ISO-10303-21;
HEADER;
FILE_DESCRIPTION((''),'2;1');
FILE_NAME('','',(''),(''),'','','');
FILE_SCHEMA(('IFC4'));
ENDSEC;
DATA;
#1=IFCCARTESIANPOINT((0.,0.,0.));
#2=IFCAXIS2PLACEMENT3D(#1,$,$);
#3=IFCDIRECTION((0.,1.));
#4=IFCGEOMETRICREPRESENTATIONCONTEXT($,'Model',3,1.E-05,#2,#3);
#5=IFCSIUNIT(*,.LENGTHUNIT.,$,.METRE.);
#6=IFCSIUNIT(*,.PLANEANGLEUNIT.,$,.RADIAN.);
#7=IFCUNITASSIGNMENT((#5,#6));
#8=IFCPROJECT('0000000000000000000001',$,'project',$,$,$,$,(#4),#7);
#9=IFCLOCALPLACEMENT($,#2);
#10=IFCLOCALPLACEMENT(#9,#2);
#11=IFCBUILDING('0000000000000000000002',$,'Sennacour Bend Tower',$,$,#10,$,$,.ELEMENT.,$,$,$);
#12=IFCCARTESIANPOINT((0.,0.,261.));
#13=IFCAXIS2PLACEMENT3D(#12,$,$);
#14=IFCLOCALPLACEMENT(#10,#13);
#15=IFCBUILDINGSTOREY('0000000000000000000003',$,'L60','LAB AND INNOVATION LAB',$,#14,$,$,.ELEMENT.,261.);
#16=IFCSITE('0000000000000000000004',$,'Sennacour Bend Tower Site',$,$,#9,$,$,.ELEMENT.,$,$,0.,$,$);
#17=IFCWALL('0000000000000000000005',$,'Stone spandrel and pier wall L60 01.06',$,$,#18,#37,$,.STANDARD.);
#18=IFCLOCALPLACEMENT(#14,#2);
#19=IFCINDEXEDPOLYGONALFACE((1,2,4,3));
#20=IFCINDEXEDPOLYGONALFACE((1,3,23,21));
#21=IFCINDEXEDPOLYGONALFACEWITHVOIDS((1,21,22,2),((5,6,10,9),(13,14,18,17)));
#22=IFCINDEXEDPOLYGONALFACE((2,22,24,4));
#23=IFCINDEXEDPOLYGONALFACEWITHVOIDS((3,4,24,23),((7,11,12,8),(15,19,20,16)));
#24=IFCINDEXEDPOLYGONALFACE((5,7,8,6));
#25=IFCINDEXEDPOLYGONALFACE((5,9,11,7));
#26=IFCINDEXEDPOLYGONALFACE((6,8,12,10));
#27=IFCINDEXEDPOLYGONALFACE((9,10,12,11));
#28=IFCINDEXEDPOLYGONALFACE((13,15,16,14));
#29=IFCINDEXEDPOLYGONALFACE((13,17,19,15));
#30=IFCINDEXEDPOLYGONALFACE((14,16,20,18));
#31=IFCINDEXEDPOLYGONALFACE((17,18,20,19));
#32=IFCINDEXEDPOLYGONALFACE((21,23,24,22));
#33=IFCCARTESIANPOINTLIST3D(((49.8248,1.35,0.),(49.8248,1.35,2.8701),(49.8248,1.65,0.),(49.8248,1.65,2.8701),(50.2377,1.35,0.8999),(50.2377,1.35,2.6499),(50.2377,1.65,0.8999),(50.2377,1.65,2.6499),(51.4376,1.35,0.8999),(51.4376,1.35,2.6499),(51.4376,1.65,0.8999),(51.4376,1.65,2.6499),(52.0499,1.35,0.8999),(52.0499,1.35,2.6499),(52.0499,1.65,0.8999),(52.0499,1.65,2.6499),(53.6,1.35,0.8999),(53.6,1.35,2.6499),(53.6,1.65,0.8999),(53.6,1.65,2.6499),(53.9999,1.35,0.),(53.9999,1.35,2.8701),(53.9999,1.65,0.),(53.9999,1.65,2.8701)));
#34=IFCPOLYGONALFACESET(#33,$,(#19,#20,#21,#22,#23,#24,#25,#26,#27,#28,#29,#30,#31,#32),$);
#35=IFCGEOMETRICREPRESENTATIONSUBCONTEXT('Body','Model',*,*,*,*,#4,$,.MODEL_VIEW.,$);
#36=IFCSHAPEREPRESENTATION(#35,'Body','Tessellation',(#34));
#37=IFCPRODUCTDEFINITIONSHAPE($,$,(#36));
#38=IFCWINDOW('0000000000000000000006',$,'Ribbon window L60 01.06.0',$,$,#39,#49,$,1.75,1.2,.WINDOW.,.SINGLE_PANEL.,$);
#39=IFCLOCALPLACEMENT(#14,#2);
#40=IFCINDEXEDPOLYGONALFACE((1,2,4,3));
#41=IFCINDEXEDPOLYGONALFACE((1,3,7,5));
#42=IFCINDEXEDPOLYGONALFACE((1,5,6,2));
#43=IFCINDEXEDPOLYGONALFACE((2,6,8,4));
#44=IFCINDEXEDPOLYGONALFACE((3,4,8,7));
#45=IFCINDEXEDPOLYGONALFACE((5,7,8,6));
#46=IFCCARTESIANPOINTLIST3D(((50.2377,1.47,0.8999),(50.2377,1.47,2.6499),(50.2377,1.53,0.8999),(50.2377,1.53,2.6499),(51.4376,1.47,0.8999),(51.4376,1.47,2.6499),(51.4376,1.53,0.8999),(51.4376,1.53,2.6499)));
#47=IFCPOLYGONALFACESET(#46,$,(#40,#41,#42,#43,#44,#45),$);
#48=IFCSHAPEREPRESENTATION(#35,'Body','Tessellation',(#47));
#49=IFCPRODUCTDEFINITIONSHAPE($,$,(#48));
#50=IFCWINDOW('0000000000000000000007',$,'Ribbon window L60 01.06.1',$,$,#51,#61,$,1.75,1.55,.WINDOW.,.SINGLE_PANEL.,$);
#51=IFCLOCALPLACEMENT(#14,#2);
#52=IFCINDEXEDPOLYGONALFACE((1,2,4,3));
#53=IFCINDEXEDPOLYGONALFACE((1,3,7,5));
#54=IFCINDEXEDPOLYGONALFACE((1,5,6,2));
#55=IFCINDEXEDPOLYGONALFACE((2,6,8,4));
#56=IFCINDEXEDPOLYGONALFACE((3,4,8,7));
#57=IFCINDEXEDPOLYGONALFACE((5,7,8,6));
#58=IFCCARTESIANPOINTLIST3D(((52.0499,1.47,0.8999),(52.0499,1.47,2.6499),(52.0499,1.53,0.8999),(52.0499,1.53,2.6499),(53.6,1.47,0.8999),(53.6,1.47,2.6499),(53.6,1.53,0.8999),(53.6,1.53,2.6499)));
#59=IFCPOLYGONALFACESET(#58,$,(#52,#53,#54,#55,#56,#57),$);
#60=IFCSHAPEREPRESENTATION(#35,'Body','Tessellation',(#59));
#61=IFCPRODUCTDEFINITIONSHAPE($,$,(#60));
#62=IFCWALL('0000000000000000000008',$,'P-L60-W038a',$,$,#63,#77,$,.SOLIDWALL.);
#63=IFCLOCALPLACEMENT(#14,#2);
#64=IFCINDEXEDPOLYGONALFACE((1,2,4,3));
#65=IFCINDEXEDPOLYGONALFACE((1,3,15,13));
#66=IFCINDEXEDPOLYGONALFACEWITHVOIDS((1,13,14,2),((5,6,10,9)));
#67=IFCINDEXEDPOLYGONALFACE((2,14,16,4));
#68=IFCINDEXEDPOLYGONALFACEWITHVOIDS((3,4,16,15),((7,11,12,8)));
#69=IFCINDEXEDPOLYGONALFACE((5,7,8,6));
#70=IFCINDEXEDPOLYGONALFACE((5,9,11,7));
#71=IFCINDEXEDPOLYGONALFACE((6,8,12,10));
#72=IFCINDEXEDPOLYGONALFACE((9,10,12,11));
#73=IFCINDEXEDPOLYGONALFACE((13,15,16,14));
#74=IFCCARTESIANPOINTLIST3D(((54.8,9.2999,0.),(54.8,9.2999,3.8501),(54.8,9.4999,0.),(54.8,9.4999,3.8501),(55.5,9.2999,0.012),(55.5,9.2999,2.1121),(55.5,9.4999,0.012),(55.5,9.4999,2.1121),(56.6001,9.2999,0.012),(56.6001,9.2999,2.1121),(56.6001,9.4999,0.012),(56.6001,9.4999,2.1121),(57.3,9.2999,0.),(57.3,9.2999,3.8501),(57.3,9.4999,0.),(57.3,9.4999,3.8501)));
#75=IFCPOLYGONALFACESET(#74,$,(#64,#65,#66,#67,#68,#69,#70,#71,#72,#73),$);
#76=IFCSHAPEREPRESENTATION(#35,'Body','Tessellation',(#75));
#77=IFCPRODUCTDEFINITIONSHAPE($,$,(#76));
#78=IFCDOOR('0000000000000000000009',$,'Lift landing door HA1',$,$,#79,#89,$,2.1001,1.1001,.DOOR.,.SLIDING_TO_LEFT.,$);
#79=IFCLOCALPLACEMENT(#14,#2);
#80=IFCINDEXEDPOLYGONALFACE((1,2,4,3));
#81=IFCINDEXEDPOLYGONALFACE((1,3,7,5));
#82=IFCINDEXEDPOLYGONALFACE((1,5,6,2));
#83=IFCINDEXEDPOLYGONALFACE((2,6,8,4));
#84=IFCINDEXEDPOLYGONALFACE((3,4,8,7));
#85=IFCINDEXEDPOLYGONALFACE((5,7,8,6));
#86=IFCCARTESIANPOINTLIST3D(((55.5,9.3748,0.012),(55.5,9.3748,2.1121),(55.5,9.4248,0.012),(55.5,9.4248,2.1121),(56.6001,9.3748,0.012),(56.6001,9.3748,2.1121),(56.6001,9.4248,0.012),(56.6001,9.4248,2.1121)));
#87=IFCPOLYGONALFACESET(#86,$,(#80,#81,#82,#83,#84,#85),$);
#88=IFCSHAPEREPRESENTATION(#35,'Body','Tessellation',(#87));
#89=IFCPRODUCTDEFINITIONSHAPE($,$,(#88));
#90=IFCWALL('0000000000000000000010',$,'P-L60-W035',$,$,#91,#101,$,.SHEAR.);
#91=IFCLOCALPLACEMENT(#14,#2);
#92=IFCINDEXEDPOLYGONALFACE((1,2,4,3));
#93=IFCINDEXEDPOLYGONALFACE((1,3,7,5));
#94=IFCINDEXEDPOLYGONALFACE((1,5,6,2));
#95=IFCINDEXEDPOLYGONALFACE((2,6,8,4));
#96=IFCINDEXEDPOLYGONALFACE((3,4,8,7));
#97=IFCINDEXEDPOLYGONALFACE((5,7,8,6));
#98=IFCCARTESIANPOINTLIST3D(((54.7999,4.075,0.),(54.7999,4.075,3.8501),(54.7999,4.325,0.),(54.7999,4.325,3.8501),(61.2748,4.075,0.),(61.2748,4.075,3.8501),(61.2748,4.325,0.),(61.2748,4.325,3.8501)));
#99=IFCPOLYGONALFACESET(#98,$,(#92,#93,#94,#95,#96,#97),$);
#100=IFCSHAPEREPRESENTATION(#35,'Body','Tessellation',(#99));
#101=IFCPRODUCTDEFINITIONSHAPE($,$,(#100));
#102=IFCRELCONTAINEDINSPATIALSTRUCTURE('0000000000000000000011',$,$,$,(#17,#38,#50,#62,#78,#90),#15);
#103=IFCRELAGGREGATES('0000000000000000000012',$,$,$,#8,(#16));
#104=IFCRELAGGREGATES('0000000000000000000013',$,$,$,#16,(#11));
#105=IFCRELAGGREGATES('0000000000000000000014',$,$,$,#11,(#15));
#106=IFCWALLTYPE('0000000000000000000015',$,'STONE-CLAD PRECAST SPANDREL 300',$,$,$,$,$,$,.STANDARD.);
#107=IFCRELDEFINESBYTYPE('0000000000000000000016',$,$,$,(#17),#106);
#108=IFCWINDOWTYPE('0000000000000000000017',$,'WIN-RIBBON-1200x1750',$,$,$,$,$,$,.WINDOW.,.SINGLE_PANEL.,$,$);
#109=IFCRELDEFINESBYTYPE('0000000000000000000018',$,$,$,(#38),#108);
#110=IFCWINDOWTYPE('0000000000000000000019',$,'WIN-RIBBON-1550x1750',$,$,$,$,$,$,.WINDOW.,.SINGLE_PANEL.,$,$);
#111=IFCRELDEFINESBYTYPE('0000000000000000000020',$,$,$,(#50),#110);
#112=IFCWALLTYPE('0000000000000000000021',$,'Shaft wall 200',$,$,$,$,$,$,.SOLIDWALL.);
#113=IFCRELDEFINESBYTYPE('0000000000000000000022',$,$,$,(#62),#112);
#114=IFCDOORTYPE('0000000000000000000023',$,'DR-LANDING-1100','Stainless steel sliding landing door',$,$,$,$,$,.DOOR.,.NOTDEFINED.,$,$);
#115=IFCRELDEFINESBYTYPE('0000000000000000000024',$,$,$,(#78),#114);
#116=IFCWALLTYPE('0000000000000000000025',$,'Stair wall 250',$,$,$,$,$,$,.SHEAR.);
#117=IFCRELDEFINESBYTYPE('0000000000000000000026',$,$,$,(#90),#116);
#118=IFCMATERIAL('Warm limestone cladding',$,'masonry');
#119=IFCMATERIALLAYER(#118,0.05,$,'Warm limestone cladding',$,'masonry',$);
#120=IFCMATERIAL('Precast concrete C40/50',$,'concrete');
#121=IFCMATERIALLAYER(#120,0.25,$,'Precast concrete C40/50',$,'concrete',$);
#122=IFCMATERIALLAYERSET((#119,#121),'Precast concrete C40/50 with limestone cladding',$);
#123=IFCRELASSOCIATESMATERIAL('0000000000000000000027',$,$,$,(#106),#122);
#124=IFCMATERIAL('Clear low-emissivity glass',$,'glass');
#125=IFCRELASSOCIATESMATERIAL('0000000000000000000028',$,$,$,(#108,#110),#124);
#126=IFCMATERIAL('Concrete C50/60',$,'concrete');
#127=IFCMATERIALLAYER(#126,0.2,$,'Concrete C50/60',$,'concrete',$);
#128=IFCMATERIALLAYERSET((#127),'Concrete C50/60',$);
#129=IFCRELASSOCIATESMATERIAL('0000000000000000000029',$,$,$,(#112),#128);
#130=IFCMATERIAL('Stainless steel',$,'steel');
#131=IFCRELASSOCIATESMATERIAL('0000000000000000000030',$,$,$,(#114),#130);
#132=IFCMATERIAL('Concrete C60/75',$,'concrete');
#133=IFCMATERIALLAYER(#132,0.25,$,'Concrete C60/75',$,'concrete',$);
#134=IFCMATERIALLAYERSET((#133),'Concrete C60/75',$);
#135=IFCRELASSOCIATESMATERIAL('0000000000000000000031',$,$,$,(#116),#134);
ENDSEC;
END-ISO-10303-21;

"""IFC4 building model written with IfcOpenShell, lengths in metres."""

from ifc_helpers import new_model, si_unit, direction, frame, frame_2d, origin, place, context, subcontext, project, spatial, rectangle, extrude, material, layer, layer_set, type_object, element, fill, save


model = new_model("IFC4")

# Units and contexts
model_context = context("Model", 3, precision=1e-05, world=origin(), true_north=direction((0.0, 1.0)))
body_context = subcontext(model_context, "Body", "Model", "MODEL_VIEW")
ifc_project = project(units=[si_unit("LENGTHUNIT", "METRE"), si_unit("PLANEANGLEUNIT", "RADIAN")], contexts=[model_context])

# Site, building, storey
site_placement = place(None, origin())
site = spatial("IfcSite", under=ifc_project, at=site_placement, Name="Sennacour Bend Tower Site", CompositionType="ELEMENT", RefElevation=0.0)
building_placement = place(site_placement, origin())
building = spatial("IfcBuilding", under=site, at=building_placement, Name="Sennacour Bend Tower", CompositionType="ELEMENT")
storey_placement = place(building_placement, frame((0.0, 0.0, 261.0)))
storey = spatial("IfcBuildingStorey", under=building, at=storey_placement, Name="L60", Description="LAB AND INNOVATION LAB", CompositionType="ELEMENT", Elevation=261.0)

# Shared definitions
ifc_material_1 = material(Name="Concrete C50/60", Category="concrete")

# Wall, openings, windows
ifc_material_2 = material(Name="Warm limestone cladding", Category="masonry")
ifc_layer_1 = layer(ifc_material_2, 0.05, Name="Warm limestone cladding", Category="masonry")
ifc_material_3 = material(Name="Precast concrete C40/50", Category="concrete")
ifc_layer_2 = layer(ifc_material_3, 0.25, Name="Precast concrete C40/50", Category="concrete")
ifc_layer_set_1 = layer_set([ifc_layer_1, ifc_layer_2], Name="Precast concrete C40/50 with limestone cladding")
wall_type_1 = type_object("IfcWallType", Name="STONE-CLAD PRECAST SPANDREL 300", PredefinedType="STANDARD", material=ifc_layer_set_1)
wall_1_placement = place(storey_placement, frame((49.825, 1.5, 0.0), z_axis=(0.0, 0.0, 1.0), x_axis=(1.0, 0.0, 0.0)))
wall_1 = element("IfcWall", 1, at=wall_1_placement, inside=storey, type_object=wall_type_1, Name="Stone spandrel and pier wall L60 01.06", PredefinedType="STANDARD", context=body_context, shape_type="SweptSolid", body=[
    extrude(rectangle(XDim=4.175, YDim=0.3, at=frame_2d((2.0874, 0.0))), origin(), (0.0, 0.0, 1.0), 2.8701),
])
opening_1_placement = place(wall_1_placement, frame((0.4126, 0.0, 0.8999)))
opening_1 = element("IfcOpeningElement", 2, at=opening_1_placement, cuts=wall_1, PredefinedType="OPENING", context=body_context, shape_type="SweptSolid", body=[
    extrude(rectangle(XDim=1.2, YDim=1.75, at=frame_2d((0.6001, 0.875))), frame((0.0, 0.1602, 0.0), z_axis=(0.0, -1.0, 0.0), x_axis=(1.0, 0.0, 0.0)), (0.0, 0.0, 1.0), 0.3201),
])
opening_2_placement = place(wall_1_placement, frame((2.2251, 0.0, 0.8999)))
opening_2 = element("IfcOpeningElement", 3, at=opening_2_placement, cuts=wall_1, PredefinedType="OPENING", context=body_context, shape_type="SweptSolid", body=[
    extrude(rectangle(XDim=1.55, YDim=1.75, at=frame_2d((0.7749, 0.875))), frame((0.0, 0.1602, 0.0), z_axis=(0.0, -1.0, 0.0), x_axis=(1.0, 0.0, 0.0)), (0.0, 0.0, 1.0), 0.3201),
])
ifc_material_4 = material(Name="Clear low-emissivity glass", Category="glass")
window_type_1 = type_object("IfcWindowType", Name="WIN-RIBBON-1200x1750", PartitioningType="SINGLE_PANEL", PredefinedType="WINDOW", material=ifc_material_4)
window_1_placement = place(opening_1_placement, origin())
window_1 = element("IfcWindow", 4, at=window_1_placement, inside=storey, type_object=window_type_1, Name="Ribbon window L60 01.06.0", OverallHeight=1.75, OverallWidth=1.2, PartitioningType="SINGLE_PANEL", PredefinedType="WINDOW", context=body_context, shape_type="SweptSolid", body=[
    extrude(rectangle(XDim=1.2, YDim=1.75, at=frame_2d((0.6001, 0.875))), frame((0.0, 0.03, 0.0), z_axis=(0.0, -1.0, 0.0), x_axis=(1.0, 0.0, 0.0)), (0.0, 0.0, 1.0), 0.0601),
])
fill(opening_1, window_1)
window_type_2 = type_object("IfcWindowType", Name="WIN-RIBBON-1550x1750", PartitioningType="SINGLE_PANEL", PredefinedType="WINDOW", material=ifc_material_4)
window_2_placement = place(opening_2_placement, origin())
window_2 = element("IfcWindow", 5, at=window_2_placement, inside=storey, type_object=window_type_2, Name="Ribbon window L60 01.06.1", OverallHeight=1.75, OverallWidth=1.55, PartitioningType="SINGLE_PANEL", PredefinedType="WINDOW", context=body_context, shape_type="SweptSolid", body=[
    extrude(rectangle(XDim=1.55, YDim=1.75, at=frame_2d((0.7749, 0.875))), frame((0.0, 0.03, 0.0), z_axis=(0.0, -1.0, 0.0), x_axis=(1.0, 0.0, 0.0)), (0.0, 0.0, 1.0), 0.0601),
])
fill(opening_2, window_2)

# Wall, opening, door
ifc_layer_3 = layer(ifc_material_1, 0.2, Name="Concrete C50/60", Category="concrete")
ifc_layer_set_2 = layer_set([ifc_layer_3], Name="Concrete C50/60")
wall_type_2 = type_object("IfcWallType", Name="Shaft wall 200", PredefinedType="SOLIDWALL", material=ifc_layer_set_2)
wall_2_placement = place(storey_placement, frame((54.8, 9.3999, 0.0), z_axis=(0.0, 0.0, 1.0), x_axis=(1.0, 0.0, 0.0)))
wall_2 = element("IfcWall", 6, at=wall_2_placement, inside=storey, type_object=wall_type_2, Name="P-L60-W038a", PredefinedType="SOLIDWALL", context=body_context, shape_type="SweptSolid", body=[
    extrude(rectangle(XDim=2.5, YDim=0.2, at=frame_2d((1.25, 0.0))), origin(), (0.0, 0.0, 1.0), 3.8501),
])
opening_3_placement = place(wall_2_placement, frame((0.7, 0.0, 0.012)))
opening_3 = element("IfcOpeningElement", 7, at=opening_3_placement, cuts=wall_2, PredefinedType="OPENING", context=body_context, shape_type="SweptSolid", body=[
    extrude(rectangle(XDim=1.1001, YDim=2.1001, at=frame_2d((0.55, 1.05))), frame((0.0, 0.1099, 0.0), z_axis=(0.0, -1.0, 0.0), x_axis=(1.0, 0.0, 0.0)), (0.0, 0.0, 1.0), 0.22),
])
ifc_material_5 = material(Name="Stainless steel", Category="steel")
door_type_1 = type_object("IfcDoorType", Name="DR-LANDING-1100", Description="Stainless steel sliding landing door", OperationType="NOTDEFINED", PredefinedType="DOOR", material=ifc_material_5)
door_1_placement = place(opening_3_placement, origin())
door_1 = element("IfcDoor", 8, at=door_1_placement, inside=storey, type_object=door_type_1, Name="Lift landing door HA1", OperationType="SLIDING_TO_LEFT", OverallHeight=2.1001, OverallWidth=1.1001, PredefinedType="DOOR", context=body_context, shape_type="SweptSolid", body=[
    extrude(rectangle(XDim=1.1001, YDim=2.1001, at=frame_2d((0.55, 1.05))), frame((0.0, 0.0249, 0.0), z_axis=(0.0, -1.0, 0.0), x_axis=(1.0, 0.0, 0.0)), (0.0, 0.0, 1.0), 0.05),
])
fill(opening_3, door_1)

# Wall
ifc_material_6 = material(Name="Concrete C60/75", Category="concrete")
ifc_layer_4 = layer(ifc_material_6, 0.25, Name="Concrete C60/75", Category="concrete")
ifc_layer_set_3 = layer_set([ifc_layer_4], Name="Concrete C60/75")
wall_type_3 = type_object("IfcWallType", Name="Stair wall 250", PredefinedType="SHEAR", material=ifc_layer_set_3)
wall_3_placement = place(storey_placement, frame((54.8, 4.2, 0.0), z_axis=(0.0, 0.0, 1.0), x_axis=(1.0, 0.0, 0.0)))
element("IfcWall", 9, at=wall_3_placement, inside=storey, type_object=wall_type_3, Name="P-L60-W035", PredefinedType="SHEAR", context=body_context, shape_type="SweptSolid", body=[
    extrude(rectangle(XDim=6.4749, YDim=0.25, at=frame_2d((3.2373, 0.0))), origin(), (0.0, 0.0, 1.0), 3.8501),
])

save(model, "model.ifc")
